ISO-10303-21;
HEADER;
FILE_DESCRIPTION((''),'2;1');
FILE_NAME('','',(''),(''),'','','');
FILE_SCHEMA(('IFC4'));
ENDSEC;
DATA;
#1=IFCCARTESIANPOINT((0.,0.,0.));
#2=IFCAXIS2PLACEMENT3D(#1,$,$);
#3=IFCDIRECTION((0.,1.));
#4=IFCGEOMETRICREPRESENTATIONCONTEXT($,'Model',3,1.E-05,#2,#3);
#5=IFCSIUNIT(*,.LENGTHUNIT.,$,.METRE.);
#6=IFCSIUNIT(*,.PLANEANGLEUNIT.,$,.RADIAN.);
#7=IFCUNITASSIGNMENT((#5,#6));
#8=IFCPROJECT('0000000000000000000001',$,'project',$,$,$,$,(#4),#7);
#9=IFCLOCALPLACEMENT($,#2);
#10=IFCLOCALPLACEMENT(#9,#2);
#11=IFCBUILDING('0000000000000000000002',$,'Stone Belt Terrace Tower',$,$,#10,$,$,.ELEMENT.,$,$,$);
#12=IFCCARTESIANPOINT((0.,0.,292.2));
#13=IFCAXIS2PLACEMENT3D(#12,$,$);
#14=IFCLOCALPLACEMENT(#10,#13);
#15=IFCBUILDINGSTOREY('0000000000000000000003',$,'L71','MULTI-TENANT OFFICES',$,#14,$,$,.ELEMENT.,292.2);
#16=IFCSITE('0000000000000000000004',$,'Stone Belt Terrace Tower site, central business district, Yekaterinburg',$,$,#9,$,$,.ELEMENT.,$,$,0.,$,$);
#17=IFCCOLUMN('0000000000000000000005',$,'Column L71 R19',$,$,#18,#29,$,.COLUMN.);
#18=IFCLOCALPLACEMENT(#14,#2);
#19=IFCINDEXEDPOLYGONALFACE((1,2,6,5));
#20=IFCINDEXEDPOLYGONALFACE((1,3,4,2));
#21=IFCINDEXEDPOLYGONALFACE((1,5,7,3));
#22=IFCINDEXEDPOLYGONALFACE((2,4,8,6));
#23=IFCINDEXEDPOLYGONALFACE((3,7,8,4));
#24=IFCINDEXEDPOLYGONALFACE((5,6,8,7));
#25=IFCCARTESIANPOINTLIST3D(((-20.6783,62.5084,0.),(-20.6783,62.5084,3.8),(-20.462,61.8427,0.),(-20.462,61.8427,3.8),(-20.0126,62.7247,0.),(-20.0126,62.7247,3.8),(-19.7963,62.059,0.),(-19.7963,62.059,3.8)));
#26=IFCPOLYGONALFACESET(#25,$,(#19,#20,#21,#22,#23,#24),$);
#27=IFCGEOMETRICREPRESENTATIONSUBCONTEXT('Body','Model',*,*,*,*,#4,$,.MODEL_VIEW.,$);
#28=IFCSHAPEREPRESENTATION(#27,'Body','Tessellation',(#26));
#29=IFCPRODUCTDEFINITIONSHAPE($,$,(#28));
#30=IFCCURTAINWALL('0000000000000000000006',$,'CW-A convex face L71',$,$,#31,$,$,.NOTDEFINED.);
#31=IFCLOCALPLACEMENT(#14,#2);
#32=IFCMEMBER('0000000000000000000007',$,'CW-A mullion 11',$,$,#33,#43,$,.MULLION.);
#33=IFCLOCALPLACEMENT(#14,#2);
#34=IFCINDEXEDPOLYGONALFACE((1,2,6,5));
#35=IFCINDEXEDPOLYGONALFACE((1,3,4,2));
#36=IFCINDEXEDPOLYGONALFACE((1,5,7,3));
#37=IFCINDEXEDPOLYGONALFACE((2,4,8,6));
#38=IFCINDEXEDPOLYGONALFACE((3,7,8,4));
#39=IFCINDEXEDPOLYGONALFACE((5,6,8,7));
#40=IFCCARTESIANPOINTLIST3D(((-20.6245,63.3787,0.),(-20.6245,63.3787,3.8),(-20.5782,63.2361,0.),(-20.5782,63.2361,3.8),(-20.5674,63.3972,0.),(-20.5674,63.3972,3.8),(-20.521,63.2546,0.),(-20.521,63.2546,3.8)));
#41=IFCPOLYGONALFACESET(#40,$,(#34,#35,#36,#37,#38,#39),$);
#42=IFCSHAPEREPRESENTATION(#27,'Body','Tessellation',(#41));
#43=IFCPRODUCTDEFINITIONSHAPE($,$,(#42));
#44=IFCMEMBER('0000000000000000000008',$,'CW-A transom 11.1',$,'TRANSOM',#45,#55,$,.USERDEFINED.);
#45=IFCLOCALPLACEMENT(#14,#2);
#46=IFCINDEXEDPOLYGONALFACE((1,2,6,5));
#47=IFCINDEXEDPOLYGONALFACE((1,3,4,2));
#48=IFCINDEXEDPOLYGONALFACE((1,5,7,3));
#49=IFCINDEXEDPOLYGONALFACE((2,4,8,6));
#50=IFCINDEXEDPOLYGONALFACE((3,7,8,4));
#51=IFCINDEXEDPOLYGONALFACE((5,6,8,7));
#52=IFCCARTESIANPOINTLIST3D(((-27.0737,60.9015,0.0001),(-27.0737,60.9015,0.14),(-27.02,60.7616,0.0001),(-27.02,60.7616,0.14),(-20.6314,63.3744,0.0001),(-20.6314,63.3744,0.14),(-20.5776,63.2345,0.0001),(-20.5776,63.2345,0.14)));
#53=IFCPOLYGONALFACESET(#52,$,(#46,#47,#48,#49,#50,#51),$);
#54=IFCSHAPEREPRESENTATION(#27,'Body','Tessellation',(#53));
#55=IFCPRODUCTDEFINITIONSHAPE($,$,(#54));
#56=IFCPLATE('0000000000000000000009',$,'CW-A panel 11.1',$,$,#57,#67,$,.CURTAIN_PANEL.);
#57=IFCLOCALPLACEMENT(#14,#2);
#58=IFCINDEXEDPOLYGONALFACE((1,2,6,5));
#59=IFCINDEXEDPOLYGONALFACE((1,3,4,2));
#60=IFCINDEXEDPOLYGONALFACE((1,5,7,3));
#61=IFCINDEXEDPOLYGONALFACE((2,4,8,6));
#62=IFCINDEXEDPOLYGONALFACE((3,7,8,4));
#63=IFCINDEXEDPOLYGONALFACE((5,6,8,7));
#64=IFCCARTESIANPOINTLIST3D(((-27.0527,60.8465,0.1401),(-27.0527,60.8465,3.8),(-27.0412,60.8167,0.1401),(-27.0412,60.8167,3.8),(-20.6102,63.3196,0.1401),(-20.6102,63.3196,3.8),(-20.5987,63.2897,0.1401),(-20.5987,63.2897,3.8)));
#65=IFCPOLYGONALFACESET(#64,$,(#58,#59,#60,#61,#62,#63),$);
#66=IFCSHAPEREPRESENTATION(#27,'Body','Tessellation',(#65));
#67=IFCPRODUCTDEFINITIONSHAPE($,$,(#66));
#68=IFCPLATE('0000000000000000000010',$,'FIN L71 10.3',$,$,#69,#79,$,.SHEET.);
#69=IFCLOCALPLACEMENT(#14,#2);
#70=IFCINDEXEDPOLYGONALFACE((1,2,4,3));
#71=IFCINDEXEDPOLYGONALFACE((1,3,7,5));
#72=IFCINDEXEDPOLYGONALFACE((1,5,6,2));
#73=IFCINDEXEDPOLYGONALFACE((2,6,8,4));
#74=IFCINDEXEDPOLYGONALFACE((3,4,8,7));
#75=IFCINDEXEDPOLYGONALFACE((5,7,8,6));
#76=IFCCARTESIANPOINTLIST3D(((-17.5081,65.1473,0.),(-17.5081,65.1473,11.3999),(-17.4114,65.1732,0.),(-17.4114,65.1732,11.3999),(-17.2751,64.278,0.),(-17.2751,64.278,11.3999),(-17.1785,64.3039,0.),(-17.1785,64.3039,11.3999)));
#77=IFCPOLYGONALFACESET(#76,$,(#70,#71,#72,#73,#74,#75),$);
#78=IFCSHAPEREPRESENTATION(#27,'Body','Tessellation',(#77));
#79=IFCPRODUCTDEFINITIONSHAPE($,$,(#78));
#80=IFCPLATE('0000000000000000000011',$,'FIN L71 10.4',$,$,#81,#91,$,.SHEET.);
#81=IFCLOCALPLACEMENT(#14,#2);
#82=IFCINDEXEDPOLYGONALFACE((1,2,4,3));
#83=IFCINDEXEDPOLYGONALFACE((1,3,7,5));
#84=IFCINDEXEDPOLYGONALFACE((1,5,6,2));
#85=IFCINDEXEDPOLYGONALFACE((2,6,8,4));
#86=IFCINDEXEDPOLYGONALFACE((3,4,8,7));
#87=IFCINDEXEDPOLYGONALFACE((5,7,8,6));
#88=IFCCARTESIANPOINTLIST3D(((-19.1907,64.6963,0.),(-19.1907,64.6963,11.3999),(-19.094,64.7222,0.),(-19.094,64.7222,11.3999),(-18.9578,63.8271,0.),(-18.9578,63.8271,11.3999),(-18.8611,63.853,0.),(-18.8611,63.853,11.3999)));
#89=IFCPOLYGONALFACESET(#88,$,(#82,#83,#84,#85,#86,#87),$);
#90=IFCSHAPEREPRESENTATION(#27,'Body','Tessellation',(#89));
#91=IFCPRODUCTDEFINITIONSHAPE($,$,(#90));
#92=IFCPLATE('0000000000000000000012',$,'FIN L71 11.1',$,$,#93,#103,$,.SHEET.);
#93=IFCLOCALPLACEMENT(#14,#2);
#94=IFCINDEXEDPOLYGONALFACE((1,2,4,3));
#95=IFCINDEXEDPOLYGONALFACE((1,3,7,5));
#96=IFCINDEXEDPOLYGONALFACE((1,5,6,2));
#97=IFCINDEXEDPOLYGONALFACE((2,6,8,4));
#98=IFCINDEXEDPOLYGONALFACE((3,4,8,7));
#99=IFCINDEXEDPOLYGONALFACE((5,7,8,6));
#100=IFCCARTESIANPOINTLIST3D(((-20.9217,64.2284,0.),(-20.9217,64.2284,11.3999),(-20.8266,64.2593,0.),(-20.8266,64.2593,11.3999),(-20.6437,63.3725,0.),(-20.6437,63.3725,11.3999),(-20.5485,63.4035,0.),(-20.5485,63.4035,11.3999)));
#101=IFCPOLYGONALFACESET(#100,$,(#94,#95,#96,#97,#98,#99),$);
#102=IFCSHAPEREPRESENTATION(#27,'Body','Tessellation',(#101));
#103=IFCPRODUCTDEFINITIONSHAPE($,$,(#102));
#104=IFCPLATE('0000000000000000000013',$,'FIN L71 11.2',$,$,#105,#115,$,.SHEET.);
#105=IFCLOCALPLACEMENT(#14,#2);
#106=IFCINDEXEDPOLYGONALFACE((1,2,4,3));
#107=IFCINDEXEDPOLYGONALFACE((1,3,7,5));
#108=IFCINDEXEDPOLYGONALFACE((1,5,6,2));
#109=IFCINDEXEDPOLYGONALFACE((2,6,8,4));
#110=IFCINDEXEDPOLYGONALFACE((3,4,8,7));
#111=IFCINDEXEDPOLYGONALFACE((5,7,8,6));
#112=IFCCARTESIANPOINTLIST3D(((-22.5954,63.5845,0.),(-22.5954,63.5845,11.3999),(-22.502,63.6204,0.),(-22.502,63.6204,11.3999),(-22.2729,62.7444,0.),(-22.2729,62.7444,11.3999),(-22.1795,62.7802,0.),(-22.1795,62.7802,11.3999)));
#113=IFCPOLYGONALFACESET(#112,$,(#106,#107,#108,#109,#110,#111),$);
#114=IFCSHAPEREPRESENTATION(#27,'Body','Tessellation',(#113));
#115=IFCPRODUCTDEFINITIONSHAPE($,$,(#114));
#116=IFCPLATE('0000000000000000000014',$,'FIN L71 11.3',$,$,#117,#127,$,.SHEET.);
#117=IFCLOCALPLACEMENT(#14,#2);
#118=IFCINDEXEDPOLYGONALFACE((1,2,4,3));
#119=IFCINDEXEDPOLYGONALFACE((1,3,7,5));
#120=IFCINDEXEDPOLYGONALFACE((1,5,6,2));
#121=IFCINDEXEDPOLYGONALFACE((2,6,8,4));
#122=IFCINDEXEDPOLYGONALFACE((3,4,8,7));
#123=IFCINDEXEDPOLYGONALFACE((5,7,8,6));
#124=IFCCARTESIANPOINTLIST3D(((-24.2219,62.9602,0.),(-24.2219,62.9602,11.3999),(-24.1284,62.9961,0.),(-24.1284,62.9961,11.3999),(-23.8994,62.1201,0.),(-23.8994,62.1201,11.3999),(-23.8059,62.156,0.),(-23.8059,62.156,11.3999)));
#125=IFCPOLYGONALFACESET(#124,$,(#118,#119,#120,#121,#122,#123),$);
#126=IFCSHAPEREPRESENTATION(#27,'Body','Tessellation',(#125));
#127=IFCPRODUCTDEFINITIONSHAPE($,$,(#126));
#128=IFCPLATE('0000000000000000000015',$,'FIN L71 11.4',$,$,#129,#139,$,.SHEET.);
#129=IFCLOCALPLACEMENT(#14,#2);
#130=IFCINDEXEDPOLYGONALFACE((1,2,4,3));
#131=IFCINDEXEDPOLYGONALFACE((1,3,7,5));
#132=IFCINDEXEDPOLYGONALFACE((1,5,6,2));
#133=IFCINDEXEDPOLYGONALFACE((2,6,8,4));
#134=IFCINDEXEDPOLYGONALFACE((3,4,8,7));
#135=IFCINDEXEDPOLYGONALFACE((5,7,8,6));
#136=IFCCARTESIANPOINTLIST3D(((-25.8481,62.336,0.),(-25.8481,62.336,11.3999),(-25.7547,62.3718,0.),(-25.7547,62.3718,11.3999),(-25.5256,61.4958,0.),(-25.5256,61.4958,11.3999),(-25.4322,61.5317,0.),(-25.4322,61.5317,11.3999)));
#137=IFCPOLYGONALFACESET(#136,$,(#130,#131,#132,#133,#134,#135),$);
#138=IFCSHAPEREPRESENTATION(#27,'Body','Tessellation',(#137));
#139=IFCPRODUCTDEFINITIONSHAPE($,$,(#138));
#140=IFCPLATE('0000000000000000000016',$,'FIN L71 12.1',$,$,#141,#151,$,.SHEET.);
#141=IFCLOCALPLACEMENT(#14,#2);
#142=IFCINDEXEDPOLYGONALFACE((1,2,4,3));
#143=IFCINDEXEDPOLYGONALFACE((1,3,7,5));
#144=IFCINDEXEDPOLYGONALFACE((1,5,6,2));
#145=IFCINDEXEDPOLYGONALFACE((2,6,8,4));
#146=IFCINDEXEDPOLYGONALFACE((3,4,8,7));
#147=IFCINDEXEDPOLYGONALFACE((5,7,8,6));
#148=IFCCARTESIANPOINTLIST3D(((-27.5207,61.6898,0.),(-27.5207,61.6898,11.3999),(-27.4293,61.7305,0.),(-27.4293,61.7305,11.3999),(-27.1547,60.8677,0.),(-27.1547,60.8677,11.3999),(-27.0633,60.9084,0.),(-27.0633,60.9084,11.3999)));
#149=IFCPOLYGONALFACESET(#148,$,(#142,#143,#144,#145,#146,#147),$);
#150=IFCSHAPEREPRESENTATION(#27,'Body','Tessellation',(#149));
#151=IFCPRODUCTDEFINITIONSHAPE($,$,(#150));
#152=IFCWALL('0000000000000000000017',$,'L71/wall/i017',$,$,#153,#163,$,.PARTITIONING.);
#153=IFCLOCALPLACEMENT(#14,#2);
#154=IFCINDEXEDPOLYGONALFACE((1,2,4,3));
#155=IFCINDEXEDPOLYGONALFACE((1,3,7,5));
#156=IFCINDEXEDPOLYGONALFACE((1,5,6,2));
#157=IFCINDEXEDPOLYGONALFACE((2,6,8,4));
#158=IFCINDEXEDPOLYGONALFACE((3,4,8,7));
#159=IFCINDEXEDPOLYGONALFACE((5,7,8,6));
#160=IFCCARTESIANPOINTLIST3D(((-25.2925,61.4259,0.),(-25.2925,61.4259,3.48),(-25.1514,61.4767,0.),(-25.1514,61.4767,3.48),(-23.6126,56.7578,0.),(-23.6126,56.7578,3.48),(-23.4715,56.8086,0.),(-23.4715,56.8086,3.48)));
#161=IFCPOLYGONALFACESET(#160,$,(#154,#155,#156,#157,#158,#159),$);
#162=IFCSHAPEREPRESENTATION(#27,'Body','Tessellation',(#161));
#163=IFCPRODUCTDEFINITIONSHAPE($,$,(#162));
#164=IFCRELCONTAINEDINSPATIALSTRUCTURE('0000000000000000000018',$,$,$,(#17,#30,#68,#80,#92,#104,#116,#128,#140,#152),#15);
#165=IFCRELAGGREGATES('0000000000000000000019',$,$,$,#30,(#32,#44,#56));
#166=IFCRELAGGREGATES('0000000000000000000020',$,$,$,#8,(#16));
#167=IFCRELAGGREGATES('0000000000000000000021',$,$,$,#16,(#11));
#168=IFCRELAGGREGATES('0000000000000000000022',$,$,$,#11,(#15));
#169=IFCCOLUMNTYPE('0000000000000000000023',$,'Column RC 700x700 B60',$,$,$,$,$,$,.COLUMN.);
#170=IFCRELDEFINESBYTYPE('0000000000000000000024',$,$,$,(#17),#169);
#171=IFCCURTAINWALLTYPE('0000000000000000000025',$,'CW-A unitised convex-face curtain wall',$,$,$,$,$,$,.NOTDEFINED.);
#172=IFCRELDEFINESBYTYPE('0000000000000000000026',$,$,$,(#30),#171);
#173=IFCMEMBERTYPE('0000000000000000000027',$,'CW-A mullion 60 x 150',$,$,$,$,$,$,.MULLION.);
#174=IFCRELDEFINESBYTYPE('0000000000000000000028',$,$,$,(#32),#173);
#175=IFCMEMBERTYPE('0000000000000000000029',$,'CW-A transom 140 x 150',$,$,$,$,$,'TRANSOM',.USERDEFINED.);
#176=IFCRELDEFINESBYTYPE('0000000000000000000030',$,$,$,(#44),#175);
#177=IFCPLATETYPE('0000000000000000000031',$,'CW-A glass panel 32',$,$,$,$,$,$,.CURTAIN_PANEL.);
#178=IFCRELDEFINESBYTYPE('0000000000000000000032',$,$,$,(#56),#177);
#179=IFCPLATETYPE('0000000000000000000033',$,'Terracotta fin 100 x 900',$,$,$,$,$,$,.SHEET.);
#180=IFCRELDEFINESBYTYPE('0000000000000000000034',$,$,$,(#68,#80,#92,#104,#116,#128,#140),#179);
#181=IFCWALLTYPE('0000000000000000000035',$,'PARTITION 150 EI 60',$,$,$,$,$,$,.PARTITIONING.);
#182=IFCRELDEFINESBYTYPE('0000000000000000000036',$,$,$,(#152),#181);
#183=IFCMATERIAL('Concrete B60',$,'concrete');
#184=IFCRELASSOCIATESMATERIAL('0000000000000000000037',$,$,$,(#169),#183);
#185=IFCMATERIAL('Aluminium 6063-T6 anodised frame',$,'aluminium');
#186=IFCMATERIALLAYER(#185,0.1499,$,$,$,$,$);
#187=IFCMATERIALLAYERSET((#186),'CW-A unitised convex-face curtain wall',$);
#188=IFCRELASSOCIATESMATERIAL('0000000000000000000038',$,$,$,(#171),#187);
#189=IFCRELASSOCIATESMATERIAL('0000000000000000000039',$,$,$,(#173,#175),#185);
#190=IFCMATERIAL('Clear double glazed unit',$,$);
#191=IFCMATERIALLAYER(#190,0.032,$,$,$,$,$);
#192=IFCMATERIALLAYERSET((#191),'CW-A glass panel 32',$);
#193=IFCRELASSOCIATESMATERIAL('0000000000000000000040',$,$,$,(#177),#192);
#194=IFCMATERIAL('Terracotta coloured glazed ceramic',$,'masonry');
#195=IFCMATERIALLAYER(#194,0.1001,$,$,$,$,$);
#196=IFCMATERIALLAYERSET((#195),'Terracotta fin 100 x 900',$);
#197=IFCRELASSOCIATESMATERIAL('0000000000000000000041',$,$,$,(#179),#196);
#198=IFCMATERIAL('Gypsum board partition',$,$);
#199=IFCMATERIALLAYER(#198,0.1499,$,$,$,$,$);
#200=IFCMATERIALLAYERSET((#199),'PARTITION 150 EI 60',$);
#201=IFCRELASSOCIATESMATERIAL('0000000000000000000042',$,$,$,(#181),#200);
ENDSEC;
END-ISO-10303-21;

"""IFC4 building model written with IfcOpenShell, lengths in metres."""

from ifc_helpers import new_model, si_unit, direction, frame, frame_2d, origin, origin_2d, place, context, subcontext, project, spatial, rectangle, extrude, material, layer, layer_set, material_profile, profile_set, type_object, element, aggregate, save


model = new_model("IFC4")

# Units and contexts
model_context = context("Model", 3, precision=1e-05, world=origin(), true_north=direction((0.0, 1.0)))
body_context = subcontext(model_context, "Body", "Model", "MODEL_VIEW")
ifc_project = project(units=[si_unit("LENGTHUNIT", "METRE"), si_unit("PLANEANGLEUNIT", "RADIAN")], contexts=[model_context])

# Site, building, storey
site_placement = place(None, origin())
site = spatial("IfcSite", under=ifc_project, at=site_placement, Name="Stone Belt Terrace Tower site, central business district, Yekaterinburg", CompositionType="ELEMENT", RefElevation=0.0)
building_placement = place(site_placement, origin())
building = spatial("IfcBuilding", under=site, at=building_placement, Name="Stone Belt Terrace Tower", CompositionType="ELEMENT")
storey_placement = place(building_placement, frame((0.0, 0.0, 292.2)))
storey = spatial("IfcBuildingStorey", under=building, at=storey_placement, Name="L71", Description="MULTI-TENANT OFFICES", CompositionType="ELEMENT", Elevation=292.2)

# Column
ifc_material_1 = material(Name="Concrete B60", Category="concrete")
ifc_material_profile_1 = material_profile(ifc_material_1, rectangle(XDim=0.7, YDim=0.7, at=origin_2d()), Name="RC 700x700")
ifc_profile_set_1 = profile_set([ifc_material_profile_1], Name="Concrete B60")
column_type = type_object("IfcColumnType", Name="Column RC 700x700 B60", PredefinedType="COLUMN", material=ifc_profile_set_1)
column_placement = place(storey_placement, frame((-20.2373, 62.2837, 0.0), z_axis=(0.0, 0.0, 1.0), x_axis=(0.951057, 0.309017, 0.0)))
element("IfcColumn", 1, at=column_placement, inside=storey, type_object=column_type, Name="Column L71 R19", PredefinedType="COLUMN", context=body_context, shape_type="SweptSolid", body=[
    extrude(rectangle(XDim=0.7, YDim=0.7, at=origin_2d()), origin(), (0.0, 0.0, 1.0), 3.8),
])

# Curtain wall, members, plate
ifc_material_2 = material(Name="Aluminium 6063-T6 anodised frame", Category="aluminium")
ifc_layer_1 = layer(ifc_material_2, 0.1499)
ifc_layer_set_1 = layer_set([ifc_layer_1], Name="CW-A unitised convex-face curtain wall")
curtain_wall_type = type_object("IfcCurtainWallType", Name="CW-A unitised convex-face curtain wall", PredefinedType="NOTDEFINED", material=ifc_layer_set_1)
curtain_wall_placement = place(storey_placement, origin())
curtain_wall = element("IfcCurtainWall", 2, at=curtain_wall_placement, inside=storey, type_object=curtain_wall_type, Name="CW-A convex face L71", PredefinedType="NOTDEFINED")
ifc_material_profile_2 = material_profile(ifc_material_2, rectangle(XDim=0.1499, YDim=0.0601, at=origin_2d()), Name="Aluminium 6063-T6 60x150")
ifc_profile_set_2 = profile_set([ifc_material_profile_2], Name="Aluminium 6063-T6 anodised frame")
member_type_1 = type_object("IfcMemberType", Name="CW-A mullion 60 x 150", PredefinedType="MULLION", material=ifc_profile_set_2)
member_1_placement = place(storey_placement, frame((-20.5728, 63.3167, 0.0), z_axis=(0.0, 0.0, 1.0), x_axis=(0.309017, -0.951057, 0.0)))
member_1 = element("IfcMember", 3, at=member_1_placement, type_object=member_type_1, Name="CW-A mullion 11", PredefinedType="MULLION", context=body_context, shape_type="SweptSolid", body=[
    extrude(rectangle(XDim=0.1499, YDim=0.0601, at=origin_2d()), origin(), (0.0, 0.0, 1.0), 3.8),
])
ifc_material_profile_3 = material_profile(ifc_material_2, rectangle(XDim=0.1499, YDim=0.1399, at=origin_2d()), Name="Aluminium 6063-T6 150x140")
ifc_profile_set_3 = profile_set([ifc_material_profile_3], Name="Aluminium 6063-T6 anodised frame")
member_type_2 = type_object("IfcMemberType", Name="CW-A transom 140 x 150", ElementType="TRANSOM", PredefinedType="USERDEFINED", material=ifc_profile_set_3)
member_2_placement = place(storey_placement, frame((-20.6045, 63.3044, 0.0701), z_axis=(-0.933585, -0.358355, 0.0), x_axis=(0.358355, -0.933585, 0.0)))
member_2 = element("IfcMember", 4, at=member_2_placement, type_object=member_type_2, Name="CW-A transom 11.1", ObjectType="TRANSOM", PredefinedType="USERDEFINED", context=body_context, shape_type="SweptSolid", body=[
    extrude(rectangle(XDim=0.1499, YDim=0.1399, at=origin_2d()), origin(), (0.0, 0.0, 1.0), 6.9006),
])
ifc_material_3 = material(Name="Clear double glazed unit")
ifc_layer_2 = layer(ifc_material_3, 0.032)
ifc_layer_set_2 = layer_set([ifc_layer_2], Name="CW-A glass panel 32")
plate_type_1 = type_object("IfcPlateType", Name="CW-A glass panel 32", PredefinedType="CURTAIN_PANEL", material=ifc_layer_set_2)
plate_placement = place(storey_placement, frame((-23.8257, 62.0681, 0.1401), z_axis=(0.0, 0.0, 1.0), x_axis=(-0.93358, -0.358368, 0.0)))
plate = element("IfcPlate", 5, at=plate_placement, type_object=plate_type_1, Name="CW-A panel 11.1", PredefinedType="CURTAIN_PANEL", context=body_context, shape_type="SweptSolid", body=[
    extrude(rectangle(XDim=6.9009, YDim=0.032, at=origin_2d()), origin(), (0.0, 0.0, 1.0), 3.6599),
])
aggregate(curtain_wall, [member_1, member_2, plate])

# Plates
ifc_material_4 = material(Name="Terracotta coloured glazed ceramic", Category="masonry")
ifc_layer_3 = layer(ifc_material_4, 0.1001)
ifc_layer_set_3 = layer_set([ifc_layer_3], Name="Terracotta fin 100 x 900")
plate_type_2 = type_object("IfcPlateType", Name="Terracotta fin 100 x 900", PredefinedType="SHEET", material=ifc_layer_set_3)
for number, where, z_axis, x_axis, name in (
    (6, (-17.3433, 64.7256, 0.0), (0.0, 0.0, 1.0), (-0.258819, 0.965926, 0.0), "FIN L71 10.3"),
    (7, (-19.0259, 64.2747, 0.0), (0.0, 0.0, 1.0), (-0.258819, 0.965926, 0.0), "FIN L71 10.4"),
    (8, (-20.7351, 63.8159, 0.0), (0.0, 0.0, 1.0), (-0.309017, 0.951057, 0.0), "FIN L71 11.1"),
    (9, (-22.3875, 63.1824, 0.0), (0.0, 0.0, 1.0), (-0.358368, 0.93358, 0.0), "FIN L71 11.2"),
    (10, (-24.0139, 62.5581, 0.0), (0.0, 0.0, 1.0), (-0.358368, 0.93358, 0.0), "FIN L71 11.3"),
    (11, (-25.6401, 61.9338, 0.0), (0.0, 0.0, 1.0), (-0.358368, 0.93358, 0.0), "FIN L71 11.4"),
    (12, (-27.292, 61.2991, 0.0), (0.0, 0.0, 1.0), (-0.406737, 0.913545, 0.0), "FIN L71 12.1"),
):
    element("IfcPlate", number, at=place(storey_placement, frame(where, z_axis=z_axis, x_axis=x_axis)), inside=storey, type_object=plate_type_2, Name=name, PredefinedType="SHEET", context=body_context, shape_type="SweptSolid", body=[
        extrude(rectangle(XDim=0.8999, YDim=0.1001, at=origin_2d()), origin(), (0.0, 0.0, 1.0), 11.3999),
    ])

# Wall
ifc_material_5 = material(Name="Gypsum board partition")
ifc_layer_4 = layer(ifc_material_5, 0.1499)
ifc_layer_set_4 = layer_set([ifc_layer_4], Name="PARTITION 150 EI 60")
wall_type = type_object("IfcWallType", Name="PARTITION 150 EI 60", PredefinedType="PARTITIONING", material=ifc_layer_set_4)
wall_placement = place(storey_placement, frame((-25.2219, 61.4512, 0.0), z_axis=(0.0, 0.0, 1.0), x_axis=(0.338608, -0.940928, 0.0)))
element("IfcWall", 13, at=wall_placement, inside=storey, type_object=wall_type, Name="L71/wall/i017", PredefinedType="PARTITIONING", context=body_context, shape_type="SweptSolid", body=[
    extrude(rectangle(XDim=4.9612, YDim=0.1499, at=frame_2d((2.4805, 0.0))), origin(), (0.0, 0.0, 1.0), 3.48),
])

save(model, "model.ifc")
